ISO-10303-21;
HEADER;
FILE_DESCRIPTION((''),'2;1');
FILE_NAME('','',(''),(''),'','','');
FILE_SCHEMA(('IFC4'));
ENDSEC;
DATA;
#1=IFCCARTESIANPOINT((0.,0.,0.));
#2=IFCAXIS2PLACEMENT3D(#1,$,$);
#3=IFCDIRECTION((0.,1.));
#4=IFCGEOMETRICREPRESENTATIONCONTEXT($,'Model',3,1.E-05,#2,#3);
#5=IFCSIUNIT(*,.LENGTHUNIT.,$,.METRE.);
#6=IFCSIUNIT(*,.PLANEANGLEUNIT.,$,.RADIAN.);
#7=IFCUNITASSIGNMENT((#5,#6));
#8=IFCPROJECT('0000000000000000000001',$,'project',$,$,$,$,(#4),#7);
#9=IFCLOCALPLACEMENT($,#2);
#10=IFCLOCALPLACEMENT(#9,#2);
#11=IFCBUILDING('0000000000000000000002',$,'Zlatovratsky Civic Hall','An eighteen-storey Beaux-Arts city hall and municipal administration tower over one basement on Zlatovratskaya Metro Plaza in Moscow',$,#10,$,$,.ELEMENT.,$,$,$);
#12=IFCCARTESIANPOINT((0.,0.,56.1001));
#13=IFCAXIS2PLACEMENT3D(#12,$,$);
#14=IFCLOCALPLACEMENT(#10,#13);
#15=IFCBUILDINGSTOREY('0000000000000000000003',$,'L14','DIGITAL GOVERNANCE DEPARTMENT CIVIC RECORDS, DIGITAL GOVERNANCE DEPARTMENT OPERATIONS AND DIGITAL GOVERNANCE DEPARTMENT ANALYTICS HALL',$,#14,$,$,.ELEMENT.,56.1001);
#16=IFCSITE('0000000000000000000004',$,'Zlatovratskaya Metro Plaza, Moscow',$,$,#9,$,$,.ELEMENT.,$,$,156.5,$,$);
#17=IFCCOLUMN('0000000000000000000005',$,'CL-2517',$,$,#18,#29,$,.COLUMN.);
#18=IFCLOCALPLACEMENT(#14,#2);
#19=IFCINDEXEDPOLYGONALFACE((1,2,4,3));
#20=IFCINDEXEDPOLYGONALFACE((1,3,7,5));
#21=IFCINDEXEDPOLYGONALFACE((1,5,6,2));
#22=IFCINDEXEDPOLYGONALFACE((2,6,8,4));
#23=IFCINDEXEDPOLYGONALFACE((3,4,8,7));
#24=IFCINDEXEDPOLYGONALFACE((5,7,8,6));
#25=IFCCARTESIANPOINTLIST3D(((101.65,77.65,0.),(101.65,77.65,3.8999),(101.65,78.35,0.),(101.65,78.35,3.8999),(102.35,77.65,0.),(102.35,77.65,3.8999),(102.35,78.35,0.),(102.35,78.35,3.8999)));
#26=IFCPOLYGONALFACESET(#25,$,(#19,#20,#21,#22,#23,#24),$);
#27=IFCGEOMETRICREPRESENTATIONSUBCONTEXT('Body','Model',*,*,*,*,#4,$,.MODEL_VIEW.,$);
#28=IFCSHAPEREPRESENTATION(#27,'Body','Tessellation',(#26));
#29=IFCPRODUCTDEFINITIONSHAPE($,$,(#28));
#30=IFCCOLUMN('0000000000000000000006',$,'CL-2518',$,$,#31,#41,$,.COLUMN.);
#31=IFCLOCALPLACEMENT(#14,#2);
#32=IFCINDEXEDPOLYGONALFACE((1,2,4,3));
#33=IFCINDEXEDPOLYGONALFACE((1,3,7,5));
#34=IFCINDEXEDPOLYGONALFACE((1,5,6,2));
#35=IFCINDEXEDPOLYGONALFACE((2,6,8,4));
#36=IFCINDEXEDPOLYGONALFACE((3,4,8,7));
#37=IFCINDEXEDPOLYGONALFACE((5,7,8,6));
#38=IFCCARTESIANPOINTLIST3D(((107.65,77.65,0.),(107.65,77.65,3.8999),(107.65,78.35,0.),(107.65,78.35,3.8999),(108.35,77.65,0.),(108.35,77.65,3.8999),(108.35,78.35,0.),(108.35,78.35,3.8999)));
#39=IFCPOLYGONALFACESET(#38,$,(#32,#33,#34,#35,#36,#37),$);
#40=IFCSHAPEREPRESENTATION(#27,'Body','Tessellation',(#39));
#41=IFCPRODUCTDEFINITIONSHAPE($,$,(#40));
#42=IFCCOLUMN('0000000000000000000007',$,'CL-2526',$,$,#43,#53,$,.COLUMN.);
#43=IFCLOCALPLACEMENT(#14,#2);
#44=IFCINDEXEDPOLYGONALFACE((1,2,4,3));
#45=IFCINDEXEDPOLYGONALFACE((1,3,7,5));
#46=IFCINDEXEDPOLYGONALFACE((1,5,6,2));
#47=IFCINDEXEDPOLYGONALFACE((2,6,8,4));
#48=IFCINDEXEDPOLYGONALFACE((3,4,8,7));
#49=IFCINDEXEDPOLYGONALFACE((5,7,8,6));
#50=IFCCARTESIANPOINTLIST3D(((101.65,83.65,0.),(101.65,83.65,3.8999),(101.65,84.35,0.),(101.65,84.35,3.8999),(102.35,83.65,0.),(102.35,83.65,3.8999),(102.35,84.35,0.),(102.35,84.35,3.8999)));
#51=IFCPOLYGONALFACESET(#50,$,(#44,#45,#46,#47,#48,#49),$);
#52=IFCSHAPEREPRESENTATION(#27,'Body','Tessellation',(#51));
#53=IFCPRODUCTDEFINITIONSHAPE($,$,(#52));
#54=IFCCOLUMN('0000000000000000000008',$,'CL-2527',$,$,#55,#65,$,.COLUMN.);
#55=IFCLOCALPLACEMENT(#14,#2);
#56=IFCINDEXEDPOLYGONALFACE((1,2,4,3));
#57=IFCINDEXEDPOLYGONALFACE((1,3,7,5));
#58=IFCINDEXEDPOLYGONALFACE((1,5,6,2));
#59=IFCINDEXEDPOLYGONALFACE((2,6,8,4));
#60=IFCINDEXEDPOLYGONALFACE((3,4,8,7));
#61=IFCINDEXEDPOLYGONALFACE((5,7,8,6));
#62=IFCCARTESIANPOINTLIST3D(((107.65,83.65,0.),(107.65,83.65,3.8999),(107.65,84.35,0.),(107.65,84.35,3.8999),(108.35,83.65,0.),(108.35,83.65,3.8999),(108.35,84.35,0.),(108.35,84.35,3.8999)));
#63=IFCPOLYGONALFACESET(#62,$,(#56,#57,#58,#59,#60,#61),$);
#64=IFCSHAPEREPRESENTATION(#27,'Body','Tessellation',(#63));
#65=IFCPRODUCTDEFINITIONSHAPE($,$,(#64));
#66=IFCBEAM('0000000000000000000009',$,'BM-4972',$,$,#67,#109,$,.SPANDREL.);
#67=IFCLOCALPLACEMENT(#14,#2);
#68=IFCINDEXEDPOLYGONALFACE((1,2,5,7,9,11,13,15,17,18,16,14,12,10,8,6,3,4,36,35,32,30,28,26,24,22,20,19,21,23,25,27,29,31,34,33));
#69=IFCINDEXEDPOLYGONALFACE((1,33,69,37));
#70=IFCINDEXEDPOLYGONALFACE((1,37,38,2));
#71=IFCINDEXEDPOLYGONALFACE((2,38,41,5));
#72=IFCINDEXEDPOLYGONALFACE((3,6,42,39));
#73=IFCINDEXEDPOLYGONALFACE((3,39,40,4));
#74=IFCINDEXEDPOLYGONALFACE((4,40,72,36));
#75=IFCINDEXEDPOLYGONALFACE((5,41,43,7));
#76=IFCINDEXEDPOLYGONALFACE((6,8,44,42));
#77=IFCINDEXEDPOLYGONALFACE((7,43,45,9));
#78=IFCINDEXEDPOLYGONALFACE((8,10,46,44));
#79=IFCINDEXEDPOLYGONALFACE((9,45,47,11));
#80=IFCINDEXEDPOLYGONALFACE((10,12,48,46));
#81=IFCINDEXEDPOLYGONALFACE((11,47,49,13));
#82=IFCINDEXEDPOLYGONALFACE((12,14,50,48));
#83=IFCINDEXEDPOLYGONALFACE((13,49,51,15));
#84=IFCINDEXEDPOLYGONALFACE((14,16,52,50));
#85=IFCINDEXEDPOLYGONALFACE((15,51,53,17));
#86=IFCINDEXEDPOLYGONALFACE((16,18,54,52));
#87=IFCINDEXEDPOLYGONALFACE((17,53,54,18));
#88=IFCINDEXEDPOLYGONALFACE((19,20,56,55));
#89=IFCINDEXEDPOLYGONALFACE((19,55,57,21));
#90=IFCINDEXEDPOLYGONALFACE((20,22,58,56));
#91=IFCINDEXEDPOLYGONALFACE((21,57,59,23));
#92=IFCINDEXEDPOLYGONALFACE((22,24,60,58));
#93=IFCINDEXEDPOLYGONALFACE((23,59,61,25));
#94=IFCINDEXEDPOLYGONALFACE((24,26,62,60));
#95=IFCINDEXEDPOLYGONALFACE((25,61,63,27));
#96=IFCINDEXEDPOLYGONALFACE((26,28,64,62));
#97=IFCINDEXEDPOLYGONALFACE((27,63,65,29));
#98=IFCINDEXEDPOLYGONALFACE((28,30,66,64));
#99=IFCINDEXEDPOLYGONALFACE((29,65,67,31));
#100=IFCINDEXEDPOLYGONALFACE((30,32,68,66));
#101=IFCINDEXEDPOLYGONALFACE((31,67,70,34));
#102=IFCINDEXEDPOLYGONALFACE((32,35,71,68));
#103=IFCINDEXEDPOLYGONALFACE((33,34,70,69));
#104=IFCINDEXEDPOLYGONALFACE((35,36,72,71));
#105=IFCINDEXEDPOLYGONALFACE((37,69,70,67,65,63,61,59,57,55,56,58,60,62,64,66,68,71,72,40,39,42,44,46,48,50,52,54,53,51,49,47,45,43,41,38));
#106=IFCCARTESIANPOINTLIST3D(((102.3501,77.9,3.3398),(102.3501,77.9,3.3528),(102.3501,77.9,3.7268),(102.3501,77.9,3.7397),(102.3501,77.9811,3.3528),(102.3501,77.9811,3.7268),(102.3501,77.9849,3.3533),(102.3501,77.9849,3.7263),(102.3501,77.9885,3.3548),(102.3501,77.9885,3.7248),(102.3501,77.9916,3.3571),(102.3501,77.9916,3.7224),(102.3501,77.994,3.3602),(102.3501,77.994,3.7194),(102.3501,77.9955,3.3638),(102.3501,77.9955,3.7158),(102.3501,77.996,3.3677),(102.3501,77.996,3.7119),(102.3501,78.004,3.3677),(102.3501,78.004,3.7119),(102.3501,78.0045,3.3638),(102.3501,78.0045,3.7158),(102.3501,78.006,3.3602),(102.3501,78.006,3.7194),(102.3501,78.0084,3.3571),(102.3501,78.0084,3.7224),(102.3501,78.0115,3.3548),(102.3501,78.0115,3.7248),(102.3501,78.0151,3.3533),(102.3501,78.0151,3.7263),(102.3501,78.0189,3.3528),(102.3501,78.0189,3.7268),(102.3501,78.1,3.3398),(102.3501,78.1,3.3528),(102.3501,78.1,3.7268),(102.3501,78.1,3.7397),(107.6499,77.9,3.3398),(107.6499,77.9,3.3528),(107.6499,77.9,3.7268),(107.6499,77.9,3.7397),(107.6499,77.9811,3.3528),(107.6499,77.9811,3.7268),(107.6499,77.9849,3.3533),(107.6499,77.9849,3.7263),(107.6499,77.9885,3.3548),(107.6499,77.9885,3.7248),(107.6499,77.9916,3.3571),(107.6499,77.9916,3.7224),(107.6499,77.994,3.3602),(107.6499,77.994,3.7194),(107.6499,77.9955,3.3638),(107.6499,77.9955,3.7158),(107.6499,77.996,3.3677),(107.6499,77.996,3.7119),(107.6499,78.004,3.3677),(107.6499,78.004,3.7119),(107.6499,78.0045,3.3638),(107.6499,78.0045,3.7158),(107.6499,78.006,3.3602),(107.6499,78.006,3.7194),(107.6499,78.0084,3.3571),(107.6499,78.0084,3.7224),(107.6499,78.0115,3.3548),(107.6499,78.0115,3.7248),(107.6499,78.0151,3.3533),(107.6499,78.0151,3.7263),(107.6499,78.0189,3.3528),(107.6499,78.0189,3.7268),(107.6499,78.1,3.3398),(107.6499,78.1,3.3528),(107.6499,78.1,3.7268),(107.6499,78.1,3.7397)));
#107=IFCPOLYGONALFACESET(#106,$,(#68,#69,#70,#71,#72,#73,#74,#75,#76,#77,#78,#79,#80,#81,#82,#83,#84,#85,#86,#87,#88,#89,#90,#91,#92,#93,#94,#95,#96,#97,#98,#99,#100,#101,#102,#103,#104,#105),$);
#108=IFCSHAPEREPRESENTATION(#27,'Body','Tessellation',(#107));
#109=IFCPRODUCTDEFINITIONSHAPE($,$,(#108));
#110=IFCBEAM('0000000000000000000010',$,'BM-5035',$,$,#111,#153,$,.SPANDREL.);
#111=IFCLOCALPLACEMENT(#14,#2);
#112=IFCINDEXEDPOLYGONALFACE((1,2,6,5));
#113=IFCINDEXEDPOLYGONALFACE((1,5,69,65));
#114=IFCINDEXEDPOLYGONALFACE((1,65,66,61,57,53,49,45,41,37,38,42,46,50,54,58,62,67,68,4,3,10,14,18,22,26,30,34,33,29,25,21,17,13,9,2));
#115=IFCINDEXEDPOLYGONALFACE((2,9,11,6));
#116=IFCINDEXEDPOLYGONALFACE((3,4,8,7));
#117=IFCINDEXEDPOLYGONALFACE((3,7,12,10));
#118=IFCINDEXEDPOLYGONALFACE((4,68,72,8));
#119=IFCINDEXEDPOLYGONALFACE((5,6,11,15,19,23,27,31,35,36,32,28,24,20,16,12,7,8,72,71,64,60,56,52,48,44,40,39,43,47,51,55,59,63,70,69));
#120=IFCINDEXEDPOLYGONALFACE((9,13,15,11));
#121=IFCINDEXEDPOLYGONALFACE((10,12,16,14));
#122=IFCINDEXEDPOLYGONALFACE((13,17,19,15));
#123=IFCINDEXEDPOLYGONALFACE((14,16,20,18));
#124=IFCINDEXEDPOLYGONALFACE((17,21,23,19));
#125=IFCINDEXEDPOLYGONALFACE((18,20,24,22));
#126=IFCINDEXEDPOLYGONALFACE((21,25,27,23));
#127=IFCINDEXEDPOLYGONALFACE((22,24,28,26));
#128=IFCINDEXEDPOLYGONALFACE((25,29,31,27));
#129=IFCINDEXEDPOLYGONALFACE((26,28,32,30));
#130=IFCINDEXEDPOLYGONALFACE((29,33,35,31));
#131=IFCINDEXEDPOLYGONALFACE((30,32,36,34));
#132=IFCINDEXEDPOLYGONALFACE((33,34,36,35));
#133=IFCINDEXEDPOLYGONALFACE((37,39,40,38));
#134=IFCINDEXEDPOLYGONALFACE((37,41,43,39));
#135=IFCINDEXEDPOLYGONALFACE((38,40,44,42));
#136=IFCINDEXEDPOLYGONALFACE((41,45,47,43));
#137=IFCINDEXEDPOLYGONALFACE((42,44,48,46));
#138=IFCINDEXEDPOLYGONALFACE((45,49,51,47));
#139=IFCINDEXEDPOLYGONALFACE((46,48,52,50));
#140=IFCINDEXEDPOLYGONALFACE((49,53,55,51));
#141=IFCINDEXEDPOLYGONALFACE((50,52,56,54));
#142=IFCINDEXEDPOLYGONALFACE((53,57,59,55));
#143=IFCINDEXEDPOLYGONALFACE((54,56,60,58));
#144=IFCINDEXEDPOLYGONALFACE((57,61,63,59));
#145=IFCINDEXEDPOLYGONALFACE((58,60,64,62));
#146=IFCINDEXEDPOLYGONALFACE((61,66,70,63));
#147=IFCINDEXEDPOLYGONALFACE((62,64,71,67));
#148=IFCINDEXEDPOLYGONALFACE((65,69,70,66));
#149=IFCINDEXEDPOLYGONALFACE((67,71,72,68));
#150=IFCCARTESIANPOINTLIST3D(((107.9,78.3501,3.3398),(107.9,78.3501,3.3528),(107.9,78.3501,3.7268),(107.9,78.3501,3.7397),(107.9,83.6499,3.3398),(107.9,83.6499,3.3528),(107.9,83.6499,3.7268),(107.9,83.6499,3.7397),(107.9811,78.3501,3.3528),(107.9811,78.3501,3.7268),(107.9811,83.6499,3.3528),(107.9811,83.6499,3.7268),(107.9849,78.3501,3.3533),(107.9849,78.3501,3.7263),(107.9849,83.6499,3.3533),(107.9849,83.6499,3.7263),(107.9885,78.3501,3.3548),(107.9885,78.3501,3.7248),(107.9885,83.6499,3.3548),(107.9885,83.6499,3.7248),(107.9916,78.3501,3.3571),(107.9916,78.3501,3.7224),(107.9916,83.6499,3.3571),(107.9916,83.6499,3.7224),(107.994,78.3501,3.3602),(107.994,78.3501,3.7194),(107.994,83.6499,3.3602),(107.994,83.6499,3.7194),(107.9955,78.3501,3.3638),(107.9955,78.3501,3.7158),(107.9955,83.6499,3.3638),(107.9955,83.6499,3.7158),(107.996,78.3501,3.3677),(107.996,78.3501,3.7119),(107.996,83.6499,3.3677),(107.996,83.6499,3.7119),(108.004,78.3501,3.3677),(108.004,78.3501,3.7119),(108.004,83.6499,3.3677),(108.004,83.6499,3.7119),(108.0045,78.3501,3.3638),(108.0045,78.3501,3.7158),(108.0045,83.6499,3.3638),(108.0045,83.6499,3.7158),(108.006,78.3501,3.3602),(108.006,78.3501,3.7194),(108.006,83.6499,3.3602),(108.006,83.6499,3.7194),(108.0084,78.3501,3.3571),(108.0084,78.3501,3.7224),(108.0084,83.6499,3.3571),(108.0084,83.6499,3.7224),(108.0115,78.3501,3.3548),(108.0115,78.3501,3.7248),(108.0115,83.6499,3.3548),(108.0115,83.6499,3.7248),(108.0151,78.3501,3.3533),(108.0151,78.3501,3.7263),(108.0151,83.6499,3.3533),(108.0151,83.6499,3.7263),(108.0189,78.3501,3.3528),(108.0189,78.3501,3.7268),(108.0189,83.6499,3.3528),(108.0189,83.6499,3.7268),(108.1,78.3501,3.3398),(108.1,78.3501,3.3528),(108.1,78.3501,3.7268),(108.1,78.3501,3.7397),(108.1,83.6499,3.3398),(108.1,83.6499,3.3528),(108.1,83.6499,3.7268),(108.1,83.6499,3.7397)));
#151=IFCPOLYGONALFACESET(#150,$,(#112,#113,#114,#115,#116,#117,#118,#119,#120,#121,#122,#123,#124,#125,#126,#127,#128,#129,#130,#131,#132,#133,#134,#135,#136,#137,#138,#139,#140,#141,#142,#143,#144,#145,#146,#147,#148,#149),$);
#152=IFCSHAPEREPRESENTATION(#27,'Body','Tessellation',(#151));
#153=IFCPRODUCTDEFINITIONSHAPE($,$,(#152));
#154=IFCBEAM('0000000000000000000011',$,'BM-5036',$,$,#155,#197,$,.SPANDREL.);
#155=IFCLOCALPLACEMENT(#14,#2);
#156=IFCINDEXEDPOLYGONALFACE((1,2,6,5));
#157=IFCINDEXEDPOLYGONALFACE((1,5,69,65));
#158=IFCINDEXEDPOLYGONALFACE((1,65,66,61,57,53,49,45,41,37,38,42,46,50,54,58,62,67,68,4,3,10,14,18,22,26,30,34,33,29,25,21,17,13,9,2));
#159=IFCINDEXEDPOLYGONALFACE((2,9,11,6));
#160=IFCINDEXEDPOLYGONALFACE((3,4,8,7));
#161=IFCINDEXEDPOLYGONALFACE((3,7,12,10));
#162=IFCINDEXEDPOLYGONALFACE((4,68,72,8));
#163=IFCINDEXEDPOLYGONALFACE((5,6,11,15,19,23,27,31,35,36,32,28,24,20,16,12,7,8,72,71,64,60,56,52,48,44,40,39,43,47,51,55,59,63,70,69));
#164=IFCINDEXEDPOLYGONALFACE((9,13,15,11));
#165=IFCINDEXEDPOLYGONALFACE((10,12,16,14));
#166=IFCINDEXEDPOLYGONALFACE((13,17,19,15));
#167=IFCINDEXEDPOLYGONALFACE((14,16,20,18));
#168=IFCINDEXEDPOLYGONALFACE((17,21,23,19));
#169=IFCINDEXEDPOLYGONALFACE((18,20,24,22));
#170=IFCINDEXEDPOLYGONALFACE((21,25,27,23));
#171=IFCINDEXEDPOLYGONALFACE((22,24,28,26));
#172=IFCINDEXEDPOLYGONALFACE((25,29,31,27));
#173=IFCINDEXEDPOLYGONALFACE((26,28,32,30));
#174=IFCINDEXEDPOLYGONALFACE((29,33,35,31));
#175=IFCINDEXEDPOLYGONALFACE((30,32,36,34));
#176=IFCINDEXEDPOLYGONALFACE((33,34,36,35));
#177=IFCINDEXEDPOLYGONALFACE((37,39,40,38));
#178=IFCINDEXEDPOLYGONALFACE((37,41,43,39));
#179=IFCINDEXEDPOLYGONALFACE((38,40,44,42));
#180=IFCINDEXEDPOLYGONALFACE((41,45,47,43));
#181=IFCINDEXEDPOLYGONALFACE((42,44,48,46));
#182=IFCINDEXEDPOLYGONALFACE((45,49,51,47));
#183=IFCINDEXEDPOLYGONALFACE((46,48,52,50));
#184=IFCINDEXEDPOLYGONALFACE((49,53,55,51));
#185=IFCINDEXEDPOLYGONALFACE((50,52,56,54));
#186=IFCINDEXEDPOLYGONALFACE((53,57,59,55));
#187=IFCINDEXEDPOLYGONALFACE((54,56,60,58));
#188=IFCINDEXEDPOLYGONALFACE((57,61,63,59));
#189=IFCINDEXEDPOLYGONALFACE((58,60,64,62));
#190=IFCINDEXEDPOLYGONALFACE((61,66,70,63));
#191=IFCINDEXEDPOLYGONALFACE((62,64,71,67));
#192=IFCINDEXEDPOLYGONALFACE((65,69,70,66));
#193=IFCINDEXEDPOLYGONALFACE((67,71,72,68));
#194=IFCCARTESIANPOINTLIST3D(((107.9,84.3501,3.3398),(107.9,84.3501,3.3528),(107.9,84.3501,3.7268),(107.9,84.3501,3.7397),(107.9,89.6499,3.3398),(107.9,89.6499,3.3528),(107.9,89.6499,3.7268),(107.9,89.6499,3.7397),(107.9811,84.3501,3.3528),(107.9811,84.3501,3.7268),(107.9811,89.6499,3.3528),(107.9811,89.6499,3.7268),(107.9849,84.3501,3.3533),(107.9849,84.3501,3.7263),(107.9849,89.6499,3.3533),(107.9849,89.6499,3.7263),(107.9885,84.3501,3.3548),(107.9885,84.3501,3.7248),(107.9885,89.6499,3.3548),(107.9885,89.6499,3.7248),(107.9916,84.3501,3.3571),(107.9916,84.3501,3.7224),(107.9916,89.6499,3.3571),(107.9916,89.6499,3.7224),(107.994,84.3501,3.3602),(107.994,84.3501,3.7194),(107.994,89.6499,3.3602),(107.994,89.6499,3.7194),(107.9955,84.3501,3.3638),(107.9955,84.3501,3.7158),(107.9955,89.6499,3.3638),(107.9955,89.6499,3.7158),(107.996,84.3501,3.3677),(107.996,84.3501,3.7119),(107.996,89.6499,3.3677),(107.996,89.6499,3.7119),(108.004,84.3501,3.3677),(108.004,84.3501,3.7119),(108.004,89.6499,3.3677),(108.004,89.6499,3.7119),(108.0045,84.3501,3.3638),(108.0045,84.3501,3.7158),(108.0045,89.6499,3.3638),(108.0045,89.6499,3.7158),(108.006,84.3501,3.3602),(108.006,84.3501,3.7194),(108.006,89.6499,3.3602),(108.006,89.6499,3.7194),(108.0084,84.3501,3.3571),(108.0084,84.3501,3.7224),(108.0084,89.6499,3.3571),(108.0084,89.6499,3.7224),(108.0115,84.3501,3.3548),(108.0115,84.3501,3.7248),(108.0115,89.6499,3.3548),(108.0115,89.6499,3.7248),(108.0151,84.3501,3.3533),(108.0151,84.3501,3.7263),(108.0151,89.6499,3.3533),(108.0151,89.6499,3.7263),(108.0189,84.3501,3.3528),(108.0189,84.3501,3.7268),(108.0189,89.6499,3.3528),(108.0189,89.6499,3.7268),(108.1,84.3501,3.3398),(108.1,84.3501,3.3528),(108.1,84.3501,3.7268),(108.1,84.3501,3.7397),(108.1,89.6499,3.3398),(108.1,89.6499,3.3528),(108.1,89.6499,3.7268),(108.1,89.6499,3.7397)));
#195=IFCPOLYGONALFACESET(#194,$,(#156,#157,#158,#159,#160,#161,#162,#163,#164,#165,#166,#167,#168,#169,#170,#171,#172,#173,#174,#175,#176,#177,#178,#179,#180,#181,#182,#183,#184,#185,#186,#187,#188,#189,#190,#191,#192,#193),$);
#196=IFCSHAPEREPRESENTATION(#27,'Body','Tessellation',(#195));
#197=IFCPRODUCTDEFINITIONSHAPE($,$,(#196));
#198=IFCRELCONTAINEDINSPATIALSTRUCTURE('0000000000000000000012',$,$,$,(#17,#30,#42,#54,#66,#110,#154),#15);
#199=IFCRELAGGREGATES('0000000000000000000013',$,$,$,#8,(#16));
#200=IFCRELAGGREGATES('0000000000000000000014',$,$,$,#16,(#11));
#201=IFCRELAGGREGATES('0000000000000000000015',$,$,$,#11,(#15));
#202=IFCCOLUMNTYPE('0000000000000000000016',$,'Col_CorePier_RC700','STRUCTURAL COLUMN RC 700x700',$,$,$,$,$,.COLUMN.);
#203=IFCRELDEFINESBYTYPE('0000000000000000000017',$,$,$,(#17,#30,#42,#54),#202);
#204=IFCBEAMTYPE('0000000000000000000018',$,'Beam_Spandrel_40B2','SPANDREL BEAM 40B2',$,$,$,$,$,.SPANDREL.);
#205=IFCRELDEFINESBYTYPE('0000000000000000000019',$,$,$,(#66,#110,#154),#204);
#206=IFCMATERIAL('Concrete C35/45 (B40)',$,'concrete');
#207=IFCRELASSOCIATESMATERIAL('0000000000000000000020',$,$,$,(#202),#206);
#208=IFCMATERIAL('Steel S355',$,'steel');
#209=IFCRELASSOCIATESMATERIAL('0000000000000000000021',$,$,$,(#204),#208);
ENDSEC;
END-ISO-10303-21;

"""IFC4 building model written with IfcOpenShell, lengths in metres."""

from ifc_helpers import new_model, si_unit, direction, frame, origin, origin_2d, place, context, subcontext, project, spatial, rectangle, i_section, extrude, material, material_profile, profile_set, type_object, element, save


model = new_model("IFC4")

# Units and contexts
model_context = context("Model", 3, precision=1e-05, world=origin(), true_north=direction((0.0, 1.0)))
body_context = subcontext(model_context, "Body", "Model", "MODEL_VIEW")
ifc_project = project(units=[si_unit("LENGTHUNIT", "METRE"), si_unit("PLANEANGLEUNIT", "RADIAN")], contexts=[model_context])

# Site, building, storey
site_placement = place(None, origin())
site = spatial("IfcSite", under=ifc_project, at=site_placement, Name="Zlatovratskaya Metro Plaza, Moscow", CompositionType="ELEMENT", RefElevation=156.5)
building_placement = place(site_placement, origin())
building = spatial("IfcBuilding", under=site, at=building_placement, Name="Zlatovratsky Civic Hall", Description="An eighteen-storey Beaux-Arts city hall and municipal administration tower over one basement on Zlatovratskaya Metro Plaza in Moscow", CompositionType="ELEMENT")
storey_placement = place(building_placement, frame((0.0, 0.0, 56.1001)))
storey = spatial("IfcBuildingStorey", under=building, at=storey_placement, Name="L14", Description="DIGITAL GOVERNANCE DEPARTMENT CIVIC RECORDS, DIGITAL GOVERNANCE DEPARTMENT OPERATIONS AND DIGITAL GOVERNANCE DEPARTMENT ANALYTICS HALL", CompositionType="ELEMENT", Elevation=56.1001)

# Columns
ifc_material_1 = material(Name="Concrete C35/45 (B40)", Category="concrete")
ifc_material_profile_1 = material_profile(ifc_material_1, rectangle(XDim=0.7, YDim=0.7, at=origin_2d()), Name="RC 700x700")
ifc_profile_set_1 = profile_set([ifc_material_profile_1], Name="Concrete C35/45 (B40)")
column_type = type_object("IfcColumnType", Name="Col_CorePier_RC700", Description="STRUCTURAL COLUMN RC 700x700", PredefinedType="COLUMN", material=ifc_profile_set_1)
for number, where, z_axis, x_axis, name in (
    (1, (102.0, 78.0, 0.0), (0.0, 0.0, 1.0), (1.0, 0.0, 0.0), "CL-2517"),
    (2, (108.0, 78.0, 0.0), (0.0, 0.0, 1.0), (1.0, 0.0, 0.0), "CL-2518"),
    (3, (102.0, 84.0, 0.0), (0.0, 0.0, 1.0), (1.0, 0.0, 0.0), "CL-2526"),
    (4, (108.0, 84.0, 0.0), (0.0, 0.0, 1.0), (1.0, 0.0, 0.0), "CL-2527"),
):
    element("IfcColumn", number, at=place(storey_placement, frame(where, z_axis=z_axis, x_axis=x_axis)), inside=storey, type_object=column_type, Name=name, PredefinedType="COLUMN", context=body_context, shape_type="SweptSolid", body=[
        extrude(rectangle(XDim=0.7, YDim=0.7, at=origin_2d()), origin(), (0.0, 0.0, 1.0), 3.8999),
    ])

# Beams
ifc_material_2 = material(Name="Steel S355", Category="steel")
ifc_material_profile_2 = material_profile(ifc_material_2, i_section(OverallWidth=0.2, OverallDepth=0.3999, WebThickness=0.0081, FlangeThickness=0.0129, FilletRadius=0.0149, at=origin_2d()), Name="40B2")
ifc_profile_set_2 = profile_set([ifc_material_profile_2], Name="Steel S355")
beam_type_1 = type_object("IfcBeamType", Name="Beam_Spandrel_40B2", Description="SPANDREL BEAM 40B2", PredefinedType="SPANDREL", material=ifc_profile_set_2)
for number, where, z_axis, x_axis, name in (
    (5, (102.3501, 78.0, 3.5398), (1.0, 0.0, 0.0), (0.0, 1.0, 0.0), "BM-4972"),
    (6, (108.0, 78.3501, 3.5398), (0.0, 1.0, 0.0), (-1.0, 0.0, 0.0), "BM-5035"),
    (7, (108.0, 84.3501, 3.5398), (0.0, 1.0, 0.0), (-1.0, 0.0, 0.0), "BM-5036"),
):
    element("IfcBeam", number, at=place(storey_placement, frame(where, z_axis=z_axis, x_axis=x_axis)), inside=storey, type_object=beam_type_1, Name=name, PredefinedType="SPANDREL", context=body_context, shape_type="SweptSolid", body=[
        extrude(i_section(OverallWidth=0.2, OverallDepth=0.3999, WebThickness=0.0081, FlangeThickness=0.0129, FilletRadius=0.0149, at=origin_2d()), origin(), (0.0, 0.0, 1.0), 5.2998),
    ])

save(model, "model.ifc")
